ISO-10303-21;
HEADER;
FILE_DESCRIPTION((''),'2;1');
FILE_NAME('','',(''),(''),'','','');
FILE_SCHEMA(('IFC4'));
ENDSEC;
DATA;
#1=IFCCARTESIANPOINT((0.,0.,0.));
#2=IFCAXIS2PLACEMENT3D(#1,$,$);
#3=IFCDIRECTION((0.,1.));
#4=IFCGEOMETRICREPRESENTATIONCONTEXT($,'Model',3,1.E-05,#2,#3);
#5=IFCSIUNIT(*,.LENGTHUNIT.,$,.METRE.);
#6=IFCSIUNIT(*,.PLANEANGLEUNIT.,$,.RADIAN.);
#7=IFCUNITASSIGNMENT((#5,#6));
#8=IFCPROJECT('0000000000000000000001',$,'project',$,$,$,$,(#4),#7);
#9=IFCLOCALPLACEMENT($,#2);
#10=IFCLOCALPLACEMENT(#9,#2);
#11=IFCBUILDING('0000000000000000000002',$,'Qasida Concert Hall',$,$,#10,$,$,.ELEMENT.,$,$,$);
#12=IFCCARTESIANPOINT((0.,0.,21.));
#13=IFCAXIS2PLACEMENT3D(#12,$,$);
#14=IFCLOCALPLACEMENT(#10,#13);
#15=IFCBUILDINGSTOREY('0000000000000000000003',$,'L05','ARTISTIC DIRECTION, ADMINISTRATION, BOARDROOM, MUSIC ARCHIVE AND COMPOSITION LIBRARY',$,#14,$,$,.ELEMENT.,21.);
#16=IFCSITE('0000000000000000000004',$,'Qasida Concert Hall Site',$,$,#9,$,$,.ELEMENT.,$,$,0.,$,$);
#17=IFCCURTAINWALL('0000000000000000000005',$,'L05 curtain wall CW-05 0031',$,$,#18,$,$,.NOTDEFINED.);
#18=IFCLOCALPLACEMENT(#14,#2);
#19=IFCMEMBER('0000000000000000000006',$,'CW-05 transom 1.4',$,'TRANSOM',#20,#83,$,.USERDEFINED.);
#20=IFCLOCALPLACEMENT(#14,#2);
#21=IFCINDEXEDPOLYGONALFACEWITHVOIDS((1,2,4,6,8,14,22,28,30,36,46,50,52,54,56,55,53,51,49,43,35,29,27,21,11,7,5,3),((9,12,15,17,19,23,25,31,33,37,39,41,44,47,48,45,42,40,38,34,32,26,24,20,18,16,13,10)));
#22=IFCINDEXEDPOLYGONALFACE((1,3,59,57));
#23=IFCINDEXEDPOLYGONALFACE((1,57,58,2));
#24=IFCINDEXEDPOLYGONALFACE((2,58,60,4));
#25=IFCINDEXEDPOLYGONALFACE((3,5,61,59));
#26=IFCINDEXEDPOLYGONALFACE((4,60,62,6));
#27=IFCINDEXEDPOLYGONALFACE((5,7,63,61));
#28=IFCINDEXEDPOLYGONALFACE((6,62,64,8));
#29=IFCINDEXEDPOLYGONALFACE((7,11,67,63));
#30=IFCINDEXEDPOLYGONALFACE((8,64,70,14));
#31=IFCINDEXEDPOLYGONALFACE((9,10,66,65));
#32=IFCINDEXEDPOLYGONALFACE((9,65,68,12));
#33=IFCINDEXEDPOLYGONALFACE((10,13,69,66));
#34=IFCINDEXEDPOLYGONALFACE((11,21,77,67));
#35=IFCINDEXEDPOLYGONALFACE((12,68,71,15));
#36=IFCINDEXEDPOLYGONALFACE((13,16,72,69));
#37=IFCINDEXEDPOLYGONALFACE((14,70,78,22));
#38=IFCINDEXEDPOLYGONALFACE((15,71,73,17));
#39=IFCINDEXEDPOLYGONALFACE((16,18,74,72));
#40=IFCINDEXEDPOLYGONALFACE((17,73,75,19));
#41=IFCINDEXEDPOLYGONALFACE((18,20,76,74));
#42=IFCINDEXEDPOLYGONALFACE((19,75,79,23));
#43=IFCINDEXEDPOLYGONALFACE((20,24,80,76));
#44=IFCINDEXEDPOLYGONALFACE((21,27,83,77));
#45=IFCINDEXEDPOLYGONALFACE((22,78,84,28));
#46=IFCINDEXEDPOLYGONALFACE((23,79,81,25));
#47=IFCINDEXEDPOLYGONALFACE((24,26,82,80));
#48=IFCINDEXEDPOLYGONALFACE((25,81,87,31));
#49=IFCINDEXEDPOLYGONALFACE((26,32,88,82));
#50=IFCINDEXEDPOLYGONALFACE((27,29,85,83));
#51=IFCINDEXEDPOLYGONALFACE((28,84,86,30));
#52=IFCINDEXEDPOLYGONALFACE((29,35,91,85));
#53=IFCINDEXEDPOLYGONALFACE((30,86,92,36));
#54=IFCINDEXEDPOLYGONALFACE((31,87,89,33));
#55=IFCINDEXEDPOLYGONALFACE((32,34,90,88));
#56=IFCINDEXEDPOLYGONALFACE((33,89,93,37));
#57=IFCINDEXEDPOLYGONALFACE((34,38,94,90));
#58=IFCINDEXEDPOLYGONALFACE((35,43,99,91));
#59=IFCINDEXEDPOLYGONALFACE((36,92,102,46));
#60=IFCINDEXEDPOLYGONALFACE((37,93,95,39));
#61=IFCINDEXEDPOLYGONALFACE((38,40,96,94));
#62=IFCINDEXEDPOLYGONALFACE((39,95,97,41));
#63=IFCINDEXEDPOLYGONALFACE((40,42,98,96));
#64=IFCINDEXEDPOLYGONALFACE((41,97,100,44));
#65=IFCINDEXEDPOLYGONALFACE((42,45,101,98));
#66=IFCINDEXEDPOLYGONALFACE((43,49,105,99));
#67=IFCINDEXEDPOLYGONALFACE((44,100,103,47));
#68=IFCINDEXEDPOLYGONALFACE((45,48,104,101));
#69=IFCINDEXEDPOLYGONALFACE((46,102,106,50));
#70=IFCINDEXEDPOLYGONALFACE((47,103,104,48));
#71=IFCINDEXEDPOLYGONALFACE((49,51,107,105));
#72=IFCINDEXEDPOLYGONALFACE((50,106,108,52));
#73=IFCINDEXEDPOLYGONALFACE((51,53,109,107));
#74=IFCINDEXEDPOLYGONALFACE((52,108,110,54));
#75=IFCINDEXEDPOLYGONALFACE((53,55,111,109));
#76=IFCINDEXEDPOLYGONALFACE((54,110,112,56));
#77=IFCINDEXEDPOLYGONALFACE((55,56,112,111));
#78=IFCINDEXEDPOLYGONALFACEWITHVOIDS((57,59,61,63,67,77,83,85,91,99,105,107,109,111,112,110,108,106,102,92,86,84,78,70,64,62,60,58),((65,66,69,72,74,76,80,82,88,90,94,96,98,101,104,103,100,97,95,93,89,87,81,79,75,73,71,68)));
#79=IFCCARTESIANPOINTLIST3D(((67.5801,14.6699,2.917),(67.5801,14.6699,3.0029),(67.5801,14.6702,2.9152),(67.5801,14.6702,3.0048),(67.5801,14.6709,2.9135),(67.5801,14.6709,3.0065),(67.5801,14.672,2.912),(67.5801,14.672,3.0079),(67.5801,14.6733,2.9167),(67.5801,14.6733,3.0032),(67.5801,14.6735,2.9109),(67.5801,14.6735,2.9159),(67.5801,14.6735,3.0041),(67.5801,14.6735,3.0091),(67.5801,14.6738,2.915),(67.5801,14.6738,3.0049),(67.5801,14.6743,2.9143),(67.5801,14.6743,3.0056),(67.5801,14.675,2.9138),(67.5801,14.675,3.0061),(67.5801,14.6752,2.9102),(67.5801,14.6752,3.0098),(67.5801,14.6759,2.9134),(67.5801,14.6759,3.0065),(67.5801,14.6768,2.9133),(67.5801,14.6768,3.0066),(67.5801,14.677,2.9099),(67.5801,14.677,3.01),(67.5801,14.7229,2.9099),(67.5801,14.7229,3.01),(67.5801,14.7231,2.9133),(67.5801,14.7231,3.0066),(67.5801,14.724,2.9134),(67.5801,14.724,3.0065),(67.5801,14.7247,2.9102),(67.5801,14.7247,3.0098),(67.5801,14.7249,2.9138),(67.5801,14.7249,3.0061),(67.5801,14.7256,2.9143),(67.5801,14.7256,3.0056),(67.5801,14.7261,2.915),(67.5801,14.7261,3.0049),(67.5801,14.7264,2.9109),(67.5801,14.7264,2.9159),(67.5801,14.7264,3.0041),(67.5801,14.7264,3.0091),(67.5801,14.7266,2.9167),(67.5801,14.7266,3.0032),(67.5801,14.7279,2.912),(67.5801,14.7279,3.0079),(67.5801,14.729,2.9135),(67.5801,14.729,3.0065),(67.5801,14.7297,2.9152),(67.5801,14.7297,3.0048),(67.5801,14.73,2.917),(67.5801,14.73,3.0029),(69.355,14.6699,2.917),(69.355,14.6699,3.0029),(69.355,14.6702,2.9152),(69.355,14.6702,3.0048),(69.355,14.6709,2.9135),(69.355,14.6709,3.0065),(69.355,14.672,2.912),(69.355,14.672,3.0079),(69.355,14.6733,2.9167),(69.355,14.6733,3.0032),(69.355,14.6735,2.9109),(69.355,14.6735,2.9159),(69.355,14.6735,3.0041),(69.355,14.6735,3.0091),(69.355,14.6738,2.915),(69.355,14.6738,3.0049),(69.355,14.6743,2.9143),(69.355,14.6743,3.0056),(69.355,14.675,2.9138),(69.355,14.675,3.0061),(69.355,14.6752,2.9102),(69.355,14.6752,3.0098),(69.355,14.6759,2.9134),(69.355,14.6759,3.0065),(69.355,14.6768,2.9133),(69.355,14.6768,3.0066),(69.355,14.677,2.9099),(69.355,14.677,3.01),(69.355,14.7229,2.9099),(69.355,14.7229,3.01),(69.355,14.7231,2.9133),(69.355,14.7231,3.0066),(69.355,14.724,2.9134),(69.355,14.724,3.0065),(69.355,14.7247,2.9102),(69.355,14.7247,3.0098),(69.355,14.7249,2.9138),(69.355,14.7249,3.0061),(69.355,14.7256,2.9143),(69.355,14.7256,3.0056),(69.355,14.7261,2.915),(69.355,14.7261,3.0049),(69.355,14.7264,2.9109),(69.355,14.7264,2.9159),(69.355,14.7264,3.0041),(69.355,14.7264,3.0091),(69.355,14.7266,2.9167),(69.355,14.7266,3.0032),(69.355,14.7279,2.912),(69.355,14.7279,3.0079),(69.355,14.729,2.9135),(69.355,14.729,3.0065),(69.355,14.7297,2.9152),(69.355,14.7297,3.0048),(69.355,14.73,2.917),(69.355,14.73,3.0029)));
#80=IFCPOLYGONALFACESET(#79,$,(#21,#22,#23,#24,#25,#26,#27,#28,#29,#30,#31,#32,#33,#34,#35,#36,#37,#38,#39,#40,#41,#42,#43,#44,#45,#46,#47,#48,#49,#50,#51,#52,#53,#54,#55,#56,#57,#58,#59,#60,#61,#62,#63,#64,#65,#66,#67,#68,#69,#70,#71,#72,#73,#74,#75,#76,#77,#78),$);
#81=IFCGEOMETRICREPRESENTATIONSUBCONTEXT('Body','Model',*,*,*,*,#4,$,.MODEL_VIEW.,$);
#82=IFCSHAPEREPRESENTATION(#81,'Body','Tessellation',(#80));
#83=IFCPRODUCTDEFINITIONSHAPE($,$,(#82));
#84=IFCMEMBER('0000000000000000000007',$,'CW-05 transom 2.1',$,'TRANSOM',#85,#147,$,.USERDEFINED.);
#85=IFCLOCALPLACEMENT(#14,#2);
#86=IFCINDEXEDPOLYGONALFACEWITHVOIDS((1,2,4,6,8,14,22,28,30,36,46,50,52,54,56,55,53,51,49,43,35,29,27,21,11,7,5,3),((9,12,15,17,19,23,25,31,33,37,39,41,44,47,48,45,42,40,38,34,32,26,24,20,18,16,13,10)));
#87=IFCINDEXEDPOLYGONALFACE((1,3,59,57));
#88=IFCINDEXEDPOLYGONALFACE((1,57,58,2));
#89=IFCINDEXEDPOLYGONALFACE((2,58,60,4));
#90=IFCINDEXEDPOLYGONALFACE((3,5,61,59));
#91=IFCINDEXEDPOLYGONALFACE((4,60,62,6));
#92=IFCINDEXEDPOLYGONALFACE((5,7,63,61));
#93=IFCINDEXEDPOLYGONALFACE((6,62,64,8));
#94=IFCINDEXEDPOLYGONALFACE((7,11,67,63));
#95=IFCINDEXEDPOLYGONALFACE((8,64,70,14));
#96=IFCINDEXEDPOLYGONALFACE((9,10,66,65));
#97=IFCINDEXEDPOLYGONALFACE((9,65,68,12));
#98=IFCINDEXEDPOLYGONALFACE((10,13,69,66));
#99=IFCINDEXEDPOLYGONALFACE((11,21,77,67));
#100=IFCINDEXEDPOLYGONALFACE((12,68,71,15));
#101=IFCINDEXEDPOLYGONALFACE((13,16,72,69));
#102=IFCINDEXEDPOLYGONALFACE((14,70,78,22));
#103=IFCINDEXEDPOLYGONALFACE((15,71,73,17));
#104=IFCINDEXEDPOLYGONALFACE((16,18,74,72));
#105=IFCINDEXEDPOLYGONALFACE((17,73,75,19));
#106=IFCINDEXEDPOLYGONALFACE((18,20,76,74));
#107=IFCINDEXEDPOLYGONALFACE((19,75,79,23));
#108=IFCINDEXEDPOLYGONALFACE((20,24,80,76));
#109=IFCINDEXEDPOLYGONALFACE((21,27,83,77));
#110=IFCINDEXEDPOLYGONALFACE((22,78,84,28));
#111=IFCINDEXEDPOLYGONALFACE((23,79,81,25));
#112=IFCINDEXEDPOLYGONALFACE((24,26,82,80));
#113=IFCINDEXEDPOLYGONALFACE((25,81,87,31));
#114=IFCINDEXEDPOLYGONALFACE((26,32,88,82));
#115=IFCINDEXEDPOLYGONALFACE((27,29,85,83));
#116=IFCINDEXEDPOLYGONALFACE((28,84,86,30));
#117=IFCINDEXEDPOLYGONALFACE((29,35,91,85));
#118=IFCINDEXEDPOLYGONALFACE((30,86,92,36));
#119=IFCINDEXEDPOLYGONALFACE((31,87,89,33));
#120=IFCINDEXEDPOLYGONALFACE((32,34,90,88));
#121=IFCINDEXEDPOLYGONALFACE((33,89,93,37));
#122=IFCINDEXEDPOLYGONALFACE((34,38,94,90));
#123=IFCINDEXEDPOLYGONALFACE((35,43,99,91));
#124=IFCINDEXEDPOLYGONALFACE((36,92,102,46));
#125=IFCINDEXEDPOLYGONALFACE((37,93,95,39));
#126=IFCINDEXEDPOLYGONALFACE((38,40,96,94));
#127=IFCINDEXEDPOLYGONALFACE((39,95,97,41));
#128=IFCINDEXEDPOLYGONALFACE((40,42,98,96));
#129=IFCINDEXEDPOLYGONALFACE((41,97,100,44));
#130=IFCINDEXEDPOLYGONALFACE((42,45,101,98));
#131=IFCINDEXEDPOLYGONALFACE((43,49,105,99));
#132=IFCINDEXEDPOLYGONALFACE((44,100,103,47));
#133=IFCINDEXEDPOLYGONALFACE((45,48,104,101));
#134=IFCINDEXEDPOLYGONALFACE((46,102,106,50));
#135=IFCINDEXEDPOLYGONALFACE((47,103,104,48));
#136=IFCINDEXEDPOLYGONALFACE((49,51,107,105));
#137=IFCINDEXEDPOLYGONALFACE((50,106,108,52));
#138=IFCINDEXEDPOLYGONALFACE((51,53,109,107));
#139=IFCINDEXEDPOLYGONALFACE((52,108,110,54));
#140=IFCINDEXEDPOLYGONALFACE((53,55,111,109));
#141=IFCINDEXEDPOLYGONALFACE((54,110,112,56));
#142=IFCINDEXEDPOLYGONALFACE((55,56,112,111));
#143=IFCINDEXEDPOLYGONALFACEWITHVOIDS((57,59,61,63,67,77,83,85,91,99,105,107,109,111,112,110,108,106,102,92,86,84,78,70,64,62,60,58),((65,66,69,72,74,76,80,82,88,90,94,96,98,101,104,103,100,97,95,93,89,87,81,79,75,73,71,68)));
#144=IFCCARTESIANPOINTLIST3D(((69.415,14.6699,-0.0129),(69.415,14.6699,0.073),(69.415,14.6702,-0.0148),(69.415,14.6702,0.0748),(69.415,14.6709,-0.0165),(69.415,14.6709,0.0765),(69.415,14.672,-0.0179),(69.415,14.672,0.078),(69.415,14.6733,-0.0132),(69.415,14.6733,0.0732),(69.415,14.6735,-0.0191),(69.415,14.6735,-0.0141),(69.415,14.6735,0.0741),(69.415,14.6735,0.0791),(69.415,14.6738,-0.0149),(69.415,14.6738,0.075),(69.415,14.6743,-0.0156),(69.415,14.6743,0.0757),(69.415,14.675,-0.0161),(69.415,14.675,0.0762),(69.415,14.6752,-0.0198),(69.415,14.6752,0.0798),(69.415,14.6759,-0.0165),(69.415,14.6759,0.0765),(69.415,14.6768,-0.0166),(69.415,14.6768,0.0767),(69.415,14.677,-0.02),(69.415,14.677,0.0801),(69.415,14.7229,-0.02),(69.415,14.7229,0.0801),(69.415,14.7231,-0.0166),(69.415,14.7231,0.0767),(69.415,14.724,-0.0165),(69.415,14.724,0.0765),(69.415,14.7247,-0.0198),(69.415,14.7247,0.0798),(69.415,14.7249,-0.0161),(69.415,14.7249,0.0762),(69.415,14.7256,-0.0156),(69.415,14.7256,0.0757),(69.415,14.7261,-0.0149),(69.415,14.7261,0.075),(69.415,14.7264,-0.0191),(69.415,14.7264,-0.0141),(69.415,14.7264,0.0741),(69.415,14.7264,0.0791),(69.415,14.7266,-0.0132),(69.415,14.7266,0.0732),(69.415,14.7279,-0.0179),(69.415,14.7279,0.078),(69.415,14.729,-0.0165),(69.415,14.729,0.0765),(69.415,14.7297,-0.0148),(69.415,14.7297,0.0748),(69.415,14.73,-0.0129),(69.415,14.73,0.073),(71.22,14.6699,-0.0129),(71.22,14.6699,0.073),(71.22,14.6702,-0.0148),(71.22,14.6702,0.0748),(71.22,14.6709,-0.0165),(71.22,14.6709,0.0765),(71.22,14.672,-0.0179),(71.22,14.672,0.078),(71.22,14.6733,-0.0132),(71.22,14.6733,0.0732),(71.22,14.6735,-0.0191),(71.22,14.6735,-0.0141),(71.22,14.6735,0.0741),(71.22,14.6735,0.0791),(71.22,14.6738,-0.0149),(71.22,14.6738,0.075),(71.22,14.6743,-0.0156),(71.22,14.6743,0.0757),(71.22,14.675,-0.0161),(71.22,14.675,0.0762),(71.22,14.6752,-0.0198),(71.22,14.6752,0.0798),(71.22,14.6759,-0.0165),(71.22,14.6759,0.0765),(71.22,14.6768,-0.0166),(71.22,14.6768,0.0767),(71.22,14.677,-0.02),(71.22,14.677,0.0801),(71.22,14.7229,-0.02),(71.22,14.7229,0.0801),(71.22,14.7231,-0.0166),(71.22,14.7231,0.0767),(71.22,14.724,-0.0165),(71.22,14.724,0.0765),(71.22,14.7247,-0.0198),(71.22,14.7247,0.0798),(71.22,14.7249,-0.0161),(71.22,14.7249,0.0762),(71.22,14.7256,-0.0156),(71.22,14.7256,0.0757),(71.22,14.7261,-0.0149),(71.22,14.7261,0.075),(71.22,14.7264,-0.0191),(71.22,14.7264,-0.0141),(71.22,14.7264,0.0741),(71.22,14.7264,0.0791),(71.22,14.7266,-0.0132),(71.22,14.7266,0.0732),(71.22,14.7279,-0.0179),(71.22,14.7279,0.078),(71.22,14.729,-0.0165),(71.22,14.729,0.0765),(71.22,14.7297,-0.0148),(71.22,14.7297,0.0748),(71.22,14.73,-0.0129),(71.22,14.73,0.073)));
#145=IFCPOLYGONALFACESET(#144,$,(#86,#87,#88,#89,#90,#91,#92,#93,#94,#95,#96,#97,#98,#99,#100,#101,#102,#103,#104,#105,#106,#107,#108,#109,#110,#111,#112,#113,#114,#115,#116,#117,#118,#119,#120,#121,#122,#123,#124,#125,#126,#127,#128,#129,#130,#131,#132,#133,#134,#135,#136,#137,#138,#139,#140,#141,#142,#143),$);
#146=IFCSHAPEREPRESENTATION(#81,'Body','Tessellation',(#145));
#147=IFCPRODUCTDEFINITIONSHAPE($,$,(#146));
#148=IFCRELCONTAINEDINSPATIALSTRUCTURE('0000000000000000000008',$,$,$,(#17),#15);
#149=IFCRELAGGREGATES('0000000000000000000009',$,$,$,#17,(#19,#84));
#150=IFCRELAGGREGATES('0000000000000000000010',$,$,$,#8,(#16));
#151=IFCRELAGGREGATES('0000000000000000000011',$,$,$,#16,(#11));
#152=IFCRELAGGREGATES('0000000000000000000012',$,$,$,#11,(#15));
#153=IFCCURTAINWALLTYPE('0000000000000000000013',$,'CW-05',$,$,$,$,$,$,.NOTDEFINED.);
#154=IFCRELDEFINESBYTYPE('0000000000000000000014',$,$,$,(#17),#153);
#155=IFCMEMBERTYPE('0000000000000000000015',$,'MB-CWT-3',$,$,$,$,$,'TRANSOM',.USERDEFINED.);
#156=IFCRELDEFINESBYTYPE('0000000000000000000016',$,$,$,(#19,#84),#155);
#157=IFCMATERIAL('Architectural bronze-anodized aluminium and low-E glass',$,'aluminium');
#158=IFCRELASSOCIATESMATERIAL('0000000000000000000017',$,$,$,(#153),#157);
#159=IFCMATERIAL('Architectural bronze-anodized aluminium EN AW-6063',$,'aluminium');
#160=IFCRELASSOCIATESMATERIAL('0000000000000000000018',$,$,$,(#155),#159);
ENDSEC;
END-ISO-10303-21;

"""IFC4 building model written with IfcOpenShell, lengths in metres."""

from ifc_helpers import new_model, si_unit, direction, frame, origin, origin_2d, place, context, subcontext, project, spatial, hollow_rectangle, extrude, material, material_profile, profile_set, type_object, element, aggregate, save


model = new_model("IFC4")

# Units and contexts
model_context = context("Model", 3, precision=1e-05, world=origin(), true_north=direction((0.0, 1.0)))
body_context = subcontext(model_context, "Body", "Model", "MODEL_VIEW")
ifc_project = project(units=[si_unit("LENGTHUNIT", "METRE"), si_unit("PLANEANGLEUNIT", "RADIAN")], contexts=[model_context])

# Site, building, storey
site_placement = place(None, origin())
site = spatial("IfcSite", under=ifc_project, at=site_placement, Name="Qasida Concert Hall Site", CompositionType="ELEMENT", RefElevation=0.0)
building_placement = place(site_placement, origin())
building = spatial("IfcBuilding", under=site, at=building_placement, Name="Qasida Concert Hall", CompositionType="ELEMENT")
storey_placement = place(building_placement, frame((0.0, 0.0, 21.0)))
storey = spatial("IfcBuildingStorey", under=building, at=storey_placement, Name="L05", Description="ARTISTIC DIRECTION, ADMINISTRATION, BOARDROOM, MUSIC ARCHIVE AND COMPOSITION LIBRARY", CompositionType="ELEMENT", Elevation=21.0)

# Curtain wall, members
ifc_material_1 = material(Name="Architectural bronze-anodized aluminium and low-E glass", Category="aluminium")
curtain_wall_type = type_object("IfcCurtainWallType", Name="CW-05", PredefinedType="NOTDEFINED", material=ifc_material_1)
curtain_wall_placement = place(storey_placement, origin())
curtain_wall = element("IfcCurtainWall", 1, at=curtain_wall_placement, inside=storey, type_object=curtain_wall_type, Name="L05 curtain wall CW-05 0031", PredefinedType="NOTDEFINED")
ifc_material_2 = material(Name="Architectural bronze-anodized aluminium EN AW-6063", Category="aluminium")
ifc_material_profile_1 = material_profile(ifc_material_2, hollow_rectangle(XDim=0.0601, YDim=0.1001, WallThickness=0.0034, InnerFilletRadius=0.0034, OuterFilletRadius=0.0071, at=origin_2d()), Name="CWT 100x60x3.5")
ifc_profile_set_1 = profile_set([ifc_material_profile_1], Name="Architectural bronze-anodized aluminium EN AW-6063")
member_type_1 = type_object("IfcMemberType", Name="MB-CWT-3", ElementType="TRANSOM", PredefinedType="USERDEFINED", material=ifc_profile_set_1)
member_1_placement = place(storey_placement, frame((67.5801, 14.7, 2.96), z_axis=(1.0, 0.0, 0.0), x_axis=(0.0, 1.0, 0.0)))
member_1 = element("IfcMember", 2, at=member_1_placement, type_object=member_type_1, Name="CW-05 transom 1.4", ObjectType="TRANSOM", PredefinedType="USERDEFINED", context=body_context, shape_type="SweptSolid", body=[
    extrude(hollow_rectangle(XDim=0.0601, YDim=0.1001, WallThickness=0.0034, InnerFilletRadius=0.0034, OuterFilletRadius=0.0071, at=origin_2d()), origin(), (0.0, 0.0, 1.0), 1.7749),
])
member_2_placement = place(storey_placement, frame((69.415, 14.7, 0.03), z_axis=(1.0, 0.0, 0.0), x_axis=(0.0, 1.0, 0.0)))
member_2 = element("IfcMember", 3, at=member_2_placement, type_object=member_type_1, Name="CW-05 transom 2.1", ObjectType="TRANSOM", PredefinedType="USERDEFINED", context=body_context, shape_type="SweptSolid", body=[
    extrude(hollow_rectangle(XDim=0.0601, YDim=0.1001, WallThickness=0.0034, InnerFilletRadius=0.0034, OuterFilletRadius=0.0071, at=origin_2d()), origin(), (0.0, 0.0, 1.0), 1.8049),
])
aggregate(curtain_wall, [member_1, member_2])

save(model, "model.ifc")
